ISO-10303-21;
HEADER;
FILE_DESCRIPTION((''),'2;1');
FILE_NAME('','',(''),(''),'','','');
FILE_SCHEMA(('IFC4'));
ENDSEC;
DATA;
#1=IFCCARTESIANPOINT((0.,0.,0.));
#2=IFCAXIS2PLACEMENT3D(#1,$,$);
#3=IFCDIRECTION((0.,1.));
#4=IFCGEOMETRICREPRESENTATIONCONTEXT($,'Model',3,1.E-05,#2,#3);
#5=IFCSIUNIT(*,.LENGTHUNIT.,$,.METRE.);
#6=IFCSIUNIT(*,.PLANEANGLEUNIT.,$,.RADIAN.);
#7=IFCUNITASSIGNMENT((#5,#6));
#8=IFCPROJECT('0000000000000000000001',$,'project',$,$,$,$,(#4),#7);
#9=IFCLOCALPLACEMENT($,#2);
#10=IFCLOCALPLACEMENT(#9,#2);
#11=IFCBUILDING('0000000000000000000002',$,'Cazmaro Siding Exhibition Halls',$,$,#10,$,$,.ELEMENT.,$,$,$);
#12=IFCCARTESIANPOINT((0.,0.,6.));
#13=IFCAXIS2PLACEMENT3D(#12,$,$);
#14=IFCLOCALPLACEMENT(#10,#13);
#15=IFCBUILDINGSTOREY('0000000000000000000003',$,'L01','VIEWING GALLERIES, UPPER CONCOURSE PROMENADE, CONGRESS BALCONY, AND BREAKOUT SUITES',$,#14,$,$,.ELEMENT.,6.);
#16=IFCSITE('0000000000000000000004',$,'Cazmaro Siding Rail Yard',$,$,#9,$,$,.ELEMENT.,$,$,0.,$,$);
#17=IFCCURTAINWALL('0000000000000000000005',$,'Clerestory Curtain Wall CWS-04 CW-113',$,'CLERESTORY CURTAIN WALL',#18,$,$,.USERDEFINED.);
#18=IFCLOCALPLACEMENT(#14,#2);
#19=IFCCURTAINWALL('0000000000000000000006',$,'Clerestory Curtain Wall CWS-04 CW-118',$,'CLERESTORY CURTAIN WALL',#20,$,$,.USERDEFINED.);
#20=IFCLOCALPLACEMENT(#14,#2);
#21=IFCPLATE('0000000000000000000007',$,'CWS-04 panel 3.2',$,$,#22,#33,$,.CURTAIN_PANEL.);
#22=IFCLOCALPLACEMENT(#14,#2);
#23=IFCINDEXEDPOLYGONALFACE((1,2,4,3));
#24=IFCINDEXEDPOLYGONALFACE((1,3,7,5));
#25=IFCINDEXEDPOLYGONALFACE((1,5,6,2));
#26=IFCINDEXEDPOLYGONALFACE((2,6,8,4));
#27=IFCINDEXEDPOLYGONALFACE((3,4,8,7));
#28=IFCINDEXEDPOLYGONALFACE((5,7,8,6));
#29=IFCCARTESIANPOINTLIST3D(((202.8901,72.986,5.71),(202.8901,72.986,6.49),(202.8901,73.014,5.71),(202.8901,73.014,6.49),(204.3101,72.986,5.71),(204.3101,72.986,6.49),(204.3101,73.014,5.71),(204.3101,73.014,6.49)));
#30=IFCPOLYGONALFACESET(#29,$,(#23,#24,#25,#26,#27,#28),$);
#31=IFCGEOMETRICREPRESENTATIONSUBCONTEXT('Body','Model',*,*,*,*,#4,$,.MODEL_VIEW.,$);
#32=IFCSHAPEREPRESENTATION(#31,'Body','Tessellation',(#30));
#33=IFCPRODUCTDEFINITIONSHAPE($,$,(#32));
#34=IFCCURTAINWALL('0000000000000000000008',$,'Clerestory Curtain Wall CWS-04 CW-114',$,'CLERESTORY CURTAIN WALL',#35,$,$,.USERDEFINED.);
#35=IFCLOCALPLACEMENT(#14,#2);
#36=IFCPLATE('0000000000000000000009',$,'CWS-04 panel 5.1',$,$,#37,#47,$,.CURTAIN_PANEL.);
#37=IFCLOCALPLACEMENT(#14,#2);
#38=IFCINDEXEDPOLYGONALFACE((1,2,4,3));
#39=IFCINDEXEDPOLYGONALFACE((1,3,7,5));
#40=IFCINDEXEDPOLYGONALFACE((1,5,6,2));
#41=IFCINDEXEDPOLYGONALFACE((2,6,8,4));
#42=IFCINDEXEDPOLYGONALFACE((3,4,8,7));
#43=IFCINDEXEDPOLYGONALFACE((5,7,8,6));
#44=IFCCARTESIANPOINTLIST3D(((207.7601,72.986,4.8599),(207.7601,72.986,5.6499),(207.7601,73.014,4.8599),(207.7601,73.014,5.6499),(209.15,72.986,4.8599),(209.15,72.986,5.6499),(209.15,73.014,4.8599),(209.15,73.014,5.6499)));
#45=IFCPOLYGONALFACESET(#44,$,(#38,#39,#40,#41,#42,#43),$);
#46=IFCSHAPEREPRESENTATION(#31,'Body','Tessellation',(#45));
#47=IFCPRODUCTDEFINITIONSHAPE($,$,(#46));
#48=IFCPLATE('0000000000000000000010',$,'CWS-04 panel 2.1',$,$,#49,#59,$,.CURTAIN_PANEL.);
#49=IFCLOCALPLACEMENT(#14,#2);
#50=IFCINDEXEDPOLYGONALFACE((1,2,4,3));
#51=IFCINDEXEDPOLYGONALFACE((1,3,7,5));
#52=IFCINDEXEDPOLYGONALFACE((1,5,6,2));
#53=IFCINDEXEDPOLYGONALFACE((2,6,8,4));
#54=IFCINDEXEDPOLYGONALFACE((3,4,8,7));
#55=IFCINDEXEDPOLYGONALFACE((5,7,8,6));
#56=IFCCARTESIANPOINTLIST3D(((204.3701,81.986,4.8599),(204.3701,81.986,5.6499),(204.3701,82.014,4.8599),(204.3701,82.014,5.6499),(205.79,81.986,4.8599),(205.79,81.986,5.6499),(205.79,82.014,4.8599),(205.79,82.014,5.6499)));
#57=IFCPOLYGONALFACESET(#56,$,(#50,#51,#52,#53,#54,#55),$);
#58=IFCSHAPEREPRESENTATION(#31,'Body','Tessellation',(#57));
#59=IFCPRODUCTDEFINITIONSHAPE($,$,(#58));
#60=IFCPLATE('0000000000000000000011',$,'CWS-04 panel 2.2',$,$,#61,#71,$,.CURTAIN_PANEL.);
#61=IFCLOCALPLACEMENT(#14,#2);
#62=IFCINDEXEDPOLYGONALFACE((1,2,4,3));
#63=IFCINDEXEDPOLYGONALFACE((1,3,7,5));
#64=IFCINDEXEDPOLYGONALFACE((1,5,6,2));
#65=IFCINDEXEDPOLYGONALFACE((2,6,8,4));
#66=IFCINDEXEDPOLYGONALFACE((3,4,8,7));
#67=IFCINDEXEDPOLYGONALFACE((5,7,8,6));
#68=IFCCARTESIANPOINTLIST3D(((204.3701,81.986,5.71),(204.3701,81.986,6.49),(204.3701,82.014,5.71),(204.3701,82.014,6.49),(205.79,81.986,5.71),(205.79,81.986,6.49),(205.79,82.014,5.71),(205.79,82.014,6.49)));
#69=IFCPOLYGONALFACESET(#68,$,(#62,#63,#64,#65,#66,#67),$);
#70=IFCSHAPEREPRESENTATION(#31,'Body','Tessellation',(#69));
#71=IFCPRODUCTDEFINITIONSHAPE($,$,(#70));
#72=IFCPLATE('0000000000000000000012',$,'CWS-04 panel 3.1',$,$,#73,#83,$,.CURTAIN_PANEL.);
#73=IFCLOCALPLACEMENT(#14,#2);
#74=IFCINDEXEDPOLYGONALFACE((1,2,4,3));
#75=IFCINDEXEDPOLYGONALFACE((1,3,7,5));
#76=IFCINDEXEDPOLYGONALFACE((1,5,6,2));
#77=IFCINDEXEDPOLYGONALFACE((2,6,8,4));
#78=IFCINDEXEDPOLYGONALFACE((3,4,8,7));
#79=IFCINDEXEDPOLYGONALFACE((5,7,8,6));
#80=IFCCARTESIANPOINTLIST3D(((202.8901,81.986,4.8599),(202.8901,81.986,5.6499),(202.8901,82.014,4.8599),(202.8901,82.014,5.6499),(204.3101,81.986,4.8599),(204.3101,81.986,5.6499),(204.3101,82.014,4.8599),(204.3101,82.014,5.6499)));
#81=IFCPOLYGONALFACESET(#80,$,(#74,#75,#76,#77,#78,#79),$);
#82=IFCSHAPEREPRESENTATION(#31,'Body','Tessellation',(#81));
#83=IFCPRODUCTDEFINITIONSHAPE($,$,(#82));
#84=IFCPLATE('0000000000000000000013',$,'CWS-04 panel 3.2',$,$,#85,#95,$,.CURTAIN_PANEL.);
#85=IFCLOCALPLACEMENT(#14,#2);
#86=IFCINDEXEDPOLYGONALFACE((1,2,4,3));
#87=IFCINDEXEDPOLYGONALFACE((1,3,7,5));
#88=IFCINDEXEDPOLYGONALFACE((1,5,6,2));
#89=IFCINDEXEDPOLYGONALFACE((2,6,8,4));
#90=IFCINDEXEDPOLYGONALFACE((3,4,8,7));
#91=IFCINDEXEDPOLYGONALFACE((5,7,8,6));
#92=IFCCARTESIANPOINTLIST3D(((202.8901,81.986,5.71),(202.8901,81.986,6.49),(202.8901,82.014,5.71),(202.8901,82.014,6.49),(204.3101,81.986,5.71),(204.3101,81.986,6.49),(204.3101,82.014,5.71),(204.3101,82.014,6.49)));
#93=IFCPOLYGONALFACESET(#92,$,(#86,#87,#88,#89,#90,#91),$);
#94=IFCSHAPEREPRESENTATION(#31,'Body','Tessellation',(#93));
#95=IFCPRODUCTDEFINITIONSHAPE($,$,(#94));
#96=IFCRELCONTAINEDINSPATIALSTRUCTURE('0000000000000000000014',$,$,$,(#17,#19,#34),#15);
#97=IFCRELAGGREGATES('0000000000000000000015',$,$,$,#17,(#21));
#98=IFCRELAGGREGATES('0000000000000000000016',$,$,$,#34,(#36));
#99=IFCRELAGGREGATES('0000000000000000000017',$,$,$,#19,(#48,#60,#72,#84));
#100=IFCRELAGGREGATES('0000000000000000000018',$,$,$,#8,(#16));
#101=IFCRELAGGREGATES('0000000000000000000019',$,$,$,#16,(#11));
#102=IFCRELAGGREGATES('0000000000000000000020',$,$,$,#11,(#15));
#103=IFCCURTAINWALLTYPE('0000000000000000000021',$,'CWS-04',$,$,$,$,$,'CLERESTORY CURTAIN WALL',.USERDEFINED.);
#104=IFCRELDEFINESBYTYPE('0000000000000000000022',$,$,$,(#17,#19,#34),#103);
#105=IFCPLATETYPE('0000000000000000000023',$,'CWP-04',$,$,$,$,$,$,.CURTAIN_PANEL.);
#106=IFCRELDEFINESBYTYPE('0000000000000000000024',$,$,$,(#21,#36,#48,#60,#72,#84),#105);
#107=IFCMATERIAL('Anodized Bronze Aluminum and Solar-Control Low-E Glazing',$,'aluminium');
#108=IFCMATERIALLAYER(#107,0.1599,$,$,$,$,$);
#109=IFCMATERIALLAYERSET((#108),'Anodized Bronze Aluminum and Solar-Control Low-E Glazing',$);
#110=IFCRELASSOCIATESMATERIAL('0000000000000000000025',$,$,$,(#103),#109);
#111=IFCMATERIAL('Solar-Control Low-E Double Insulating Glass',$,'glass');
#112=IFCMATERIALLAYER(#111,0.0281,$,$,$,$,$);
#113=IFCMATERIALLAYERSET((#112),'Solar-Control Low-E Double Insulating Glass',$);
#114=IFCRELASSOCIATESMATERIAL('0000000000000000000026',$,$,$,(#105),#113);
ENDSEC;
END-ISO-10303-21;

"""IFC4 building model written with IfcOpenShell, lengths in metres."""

from ifc_helpers import new_model, si_unit, direction, frame, origin, origin_2d, place, context, subcontext, project, spatial, rectangle, extrude, material, layer, layer_set, type_object, element, aggregate, save


model = new_model("IFC4")

# Units and contexts
model_context = context("Model", 3, precision=1e-05, world=origin(), true_north=direction((0.0, 1.0)))
body_context = subcontext(model_context, "Body", "Model", "MODEL_VIEW")
ifc_project = project(units=[si_unit("LENGTHUNIT", "METRE"), si_unit("PLANEANGLEUNIT", "RADIAN")], contexts=[model_context])

# Site, building, storey
site_placement = place(None, origin())
site = spatial("IfcSite", under=ifc_project, at=site_placement, Name="Cazmaro Siding Rail Yard", CompositionType="ELEMENT", RefElevation=0.0)
building_placement = place(site_placement, origin())
building = spatial("IfcBuilding", under=site, at=building_placement, Name="Cazmaro Siding Exhibition Halls", CompositionType="ELEMENT")
storey_placement = place(building_placement, frame((0.0, 0.0, 6.0)))
storey = spatial("IfcBuildingStorey", under=building, at=storey_placement, Name="L01", Description="VIEWING GALLERIES, UPPER CONCOURSE PROMENADE, CONGRESS BALCONY, AND BREAKOUT SUITES", CompositionType="ELEMENT", Elevation=6.0)

# Curtain walls
ifc_material_1 = material(Name="Anodized Bronze Aluminum and Solar-Control Low-E Glazing", Category="aluminium")
ifc_layer_1 = layer(ifc_material_1, 0.1599)
ifc_layer_set_1 = layer_set([ifc_layer_1], Name="Anodized Bronze Aluminum and Solar-Control Low-E Glazing")
curtain_wall_type = type_object("IfcCurtainWallType", Name="CWS-04", ElementType="CLERESTORY CURTAIN WALL", PredefinedType="USERDEFINED", material=ifc_layer_set_1)
curtain_wall_1_placement = place(storey_placement, origin())
curtain_wall_1 = element("IfcCurtainWall", 1, at=curtain_wall_1_placement, inside=storey, type_object=curtain_wall_type, Name="Clerestory Curtain Wall CWS-04 CW-113", ObjectType="CLERESTORY CURTAIN WALL", PredefinedType="USERDEFINED")
curtain_wall_2_placement = place(storey_placement, origin())
curtain_wall_2 = element("IfcCurtainWall", 2, at=curtain_wall_2_placement, inside=storey, type_object=curtain_wall_type, Name="Clerestory Curtain Wall CWS-04 CW-118", ObjectType="CLERESTORY CURTAIN WALL", PredefinedType="USERDEFINED")

# Plate
ifc_material_2 = material(Name="Solar-Control Low-E Double Insulating Glass", Category="glass")
ifc_layer_2 = layer(ifc_material_2, 0.0281)
ifc_layer_set_2 = layer_set([ifc_layer_2], Name="Solar-Control Low-E Double Insulating Glass")
plate_type = type_object("IfcPlateType", Name="CWP-04", PredefinedType="CURTAIN_PANEL", material=ifc_layer_set_2)
plate_1_placement = place(storey_placement, frame((203.6001, 73.0, 5.71), z_axis=(0.0, 0.0, 1.0), x_axis=(-1.0, 0.0, 0.0)))
plate_1 = element("IfcPlate", 3, at=plate_1_placement, type_object=plate_type, Name="CWS-04 panel 3.2", PredefinedType="CURTAIN_PANEL", context=body_context, shape_type="SweptSolid", body=[
    extrude(rectangle(XDim=1.4199, YDim=0.0281, at=origin_2d()), origin(), (0.0, 0.0, 1.0), 0.78),
])
aggregate(curtain_wall_1, [plate_1])

# Curtain wall, plate
curtain_wall_3_placement = place(storey_placement, origin())
curtain_wall_3 = element("IfcCurtainWall", 4, at=curtain_wall_3_placement, inside=storey, type_object=curtain_wall_type, Name="Clerestory Curtain Wall CWS-04 CW-114", ObjectType="CLERESTORY CURTAIN WALL", PredefinedType="USERDEFINED")
plate_2_placement = place(storey_placement, frame((208.4551, 73.0, 4.8599), z_axis=(0.0, 0.0, 1.0), x_axis=(-1.0, 0.0, 0.0)))
plate_2 = element("IfcPlate", 5, at=plate_2_placement, type_object=plate_type, Name="CWS-04 panel 5.1", PredefinedType="CURTAIN_PANEL", context=body_context, shape_type="SweptSolid", body=[
    extrude(rectangle(XDim=1.3899, YDim=0.0281, at=origin_2d()), origin(), (0.0, 0.0, 1.0), 0.79),
])
aggregate(curtain_wall_3, [plate_2])

# Plates
plate_3_placement = place(storey_placement, frame((205.0801, 82.0, 4.8599), z_axis=(0.0, 0.0, 1.0), x_axis=(-1.0, 0.0, 0.0)))
plate_3 = element("IfcPlate", 6, at=plate_3_placement, type_object=plate_type, Name="CWS-04 panel 2.1", PredefinedType="CURTAIN_PANEL", context=body_context, shape_type="SweptSolid", body=[
    extrude(rectangle(XDim=1.4199, YDim=0.0281, at=origin_2d()), origin(), (0.0, 0.0, 1.0), 0.79),
])
plate_4_placement = place(storey_placement, frame((205.0801, 82.0, 5.71), z_axis=(0.0, 0.0, 1.0), x_axis=(-1.0, 0.0, 0.0)))
plate_4 = element("IfcPlate", 7, at=plate_4_placement, type_object=plate_type, Name="CWS-04 panel 2.2", PredefinedType="CURTAIN_PANEL", context=body_context, shape_type="SweptSolid", body=[
    extrude(rectangle(XDim=1.4199, YDim=0.0281, at=origin_2d()), origin(), (0.0, 0.0, 1.0), 0.78),
])
plate_5_placement = place(storey_placement, frame((203.6001, 82.0, 4.8599), z_axis=(0.0, 0.0, 1.0), x_axis=(-1.0, 0.0, 0.0)))
plate_5 = element("IfcPlate", 8, at=plate_5_placement, type_object=plate_type, Name="CWS-04 panel 3.1", PredefinedType="CURTAIN_PANEL", context=body_context, shape_type="SweptSolid", body=[
    extrude(rectangle(XDim=1.4199, YDim=0.0281, at=origin_2d()), origin(), (0.0, 0.0, 1.0), 0.79),
])
plate_6_placement = place(storey_placement, frame((203.6001, 82.0, 5.71), z_axis=(0.0, 0.0, 1.0), x_axis=(-1.0, 0.0, 0.0)))
plate_6 = element("IfcPlate", 9, at=plate_6_placement, type_object=plate_type, Name="CWS-04 panel 3.2", PredefinedType="CURTAIN_PANEL", context=body_context, shape_type="SweptSolid", body=[
    extrude(rectangle(XDim=1.4199, YDim=0.0281, at=origin_2d()), origin(), (0.0, 0.0, 1.0), 0.78),
])
aggregate(curtain_wall_2, [plate_3, plate_4, plate_5, plate_6])

save(model, "model.ifc")
